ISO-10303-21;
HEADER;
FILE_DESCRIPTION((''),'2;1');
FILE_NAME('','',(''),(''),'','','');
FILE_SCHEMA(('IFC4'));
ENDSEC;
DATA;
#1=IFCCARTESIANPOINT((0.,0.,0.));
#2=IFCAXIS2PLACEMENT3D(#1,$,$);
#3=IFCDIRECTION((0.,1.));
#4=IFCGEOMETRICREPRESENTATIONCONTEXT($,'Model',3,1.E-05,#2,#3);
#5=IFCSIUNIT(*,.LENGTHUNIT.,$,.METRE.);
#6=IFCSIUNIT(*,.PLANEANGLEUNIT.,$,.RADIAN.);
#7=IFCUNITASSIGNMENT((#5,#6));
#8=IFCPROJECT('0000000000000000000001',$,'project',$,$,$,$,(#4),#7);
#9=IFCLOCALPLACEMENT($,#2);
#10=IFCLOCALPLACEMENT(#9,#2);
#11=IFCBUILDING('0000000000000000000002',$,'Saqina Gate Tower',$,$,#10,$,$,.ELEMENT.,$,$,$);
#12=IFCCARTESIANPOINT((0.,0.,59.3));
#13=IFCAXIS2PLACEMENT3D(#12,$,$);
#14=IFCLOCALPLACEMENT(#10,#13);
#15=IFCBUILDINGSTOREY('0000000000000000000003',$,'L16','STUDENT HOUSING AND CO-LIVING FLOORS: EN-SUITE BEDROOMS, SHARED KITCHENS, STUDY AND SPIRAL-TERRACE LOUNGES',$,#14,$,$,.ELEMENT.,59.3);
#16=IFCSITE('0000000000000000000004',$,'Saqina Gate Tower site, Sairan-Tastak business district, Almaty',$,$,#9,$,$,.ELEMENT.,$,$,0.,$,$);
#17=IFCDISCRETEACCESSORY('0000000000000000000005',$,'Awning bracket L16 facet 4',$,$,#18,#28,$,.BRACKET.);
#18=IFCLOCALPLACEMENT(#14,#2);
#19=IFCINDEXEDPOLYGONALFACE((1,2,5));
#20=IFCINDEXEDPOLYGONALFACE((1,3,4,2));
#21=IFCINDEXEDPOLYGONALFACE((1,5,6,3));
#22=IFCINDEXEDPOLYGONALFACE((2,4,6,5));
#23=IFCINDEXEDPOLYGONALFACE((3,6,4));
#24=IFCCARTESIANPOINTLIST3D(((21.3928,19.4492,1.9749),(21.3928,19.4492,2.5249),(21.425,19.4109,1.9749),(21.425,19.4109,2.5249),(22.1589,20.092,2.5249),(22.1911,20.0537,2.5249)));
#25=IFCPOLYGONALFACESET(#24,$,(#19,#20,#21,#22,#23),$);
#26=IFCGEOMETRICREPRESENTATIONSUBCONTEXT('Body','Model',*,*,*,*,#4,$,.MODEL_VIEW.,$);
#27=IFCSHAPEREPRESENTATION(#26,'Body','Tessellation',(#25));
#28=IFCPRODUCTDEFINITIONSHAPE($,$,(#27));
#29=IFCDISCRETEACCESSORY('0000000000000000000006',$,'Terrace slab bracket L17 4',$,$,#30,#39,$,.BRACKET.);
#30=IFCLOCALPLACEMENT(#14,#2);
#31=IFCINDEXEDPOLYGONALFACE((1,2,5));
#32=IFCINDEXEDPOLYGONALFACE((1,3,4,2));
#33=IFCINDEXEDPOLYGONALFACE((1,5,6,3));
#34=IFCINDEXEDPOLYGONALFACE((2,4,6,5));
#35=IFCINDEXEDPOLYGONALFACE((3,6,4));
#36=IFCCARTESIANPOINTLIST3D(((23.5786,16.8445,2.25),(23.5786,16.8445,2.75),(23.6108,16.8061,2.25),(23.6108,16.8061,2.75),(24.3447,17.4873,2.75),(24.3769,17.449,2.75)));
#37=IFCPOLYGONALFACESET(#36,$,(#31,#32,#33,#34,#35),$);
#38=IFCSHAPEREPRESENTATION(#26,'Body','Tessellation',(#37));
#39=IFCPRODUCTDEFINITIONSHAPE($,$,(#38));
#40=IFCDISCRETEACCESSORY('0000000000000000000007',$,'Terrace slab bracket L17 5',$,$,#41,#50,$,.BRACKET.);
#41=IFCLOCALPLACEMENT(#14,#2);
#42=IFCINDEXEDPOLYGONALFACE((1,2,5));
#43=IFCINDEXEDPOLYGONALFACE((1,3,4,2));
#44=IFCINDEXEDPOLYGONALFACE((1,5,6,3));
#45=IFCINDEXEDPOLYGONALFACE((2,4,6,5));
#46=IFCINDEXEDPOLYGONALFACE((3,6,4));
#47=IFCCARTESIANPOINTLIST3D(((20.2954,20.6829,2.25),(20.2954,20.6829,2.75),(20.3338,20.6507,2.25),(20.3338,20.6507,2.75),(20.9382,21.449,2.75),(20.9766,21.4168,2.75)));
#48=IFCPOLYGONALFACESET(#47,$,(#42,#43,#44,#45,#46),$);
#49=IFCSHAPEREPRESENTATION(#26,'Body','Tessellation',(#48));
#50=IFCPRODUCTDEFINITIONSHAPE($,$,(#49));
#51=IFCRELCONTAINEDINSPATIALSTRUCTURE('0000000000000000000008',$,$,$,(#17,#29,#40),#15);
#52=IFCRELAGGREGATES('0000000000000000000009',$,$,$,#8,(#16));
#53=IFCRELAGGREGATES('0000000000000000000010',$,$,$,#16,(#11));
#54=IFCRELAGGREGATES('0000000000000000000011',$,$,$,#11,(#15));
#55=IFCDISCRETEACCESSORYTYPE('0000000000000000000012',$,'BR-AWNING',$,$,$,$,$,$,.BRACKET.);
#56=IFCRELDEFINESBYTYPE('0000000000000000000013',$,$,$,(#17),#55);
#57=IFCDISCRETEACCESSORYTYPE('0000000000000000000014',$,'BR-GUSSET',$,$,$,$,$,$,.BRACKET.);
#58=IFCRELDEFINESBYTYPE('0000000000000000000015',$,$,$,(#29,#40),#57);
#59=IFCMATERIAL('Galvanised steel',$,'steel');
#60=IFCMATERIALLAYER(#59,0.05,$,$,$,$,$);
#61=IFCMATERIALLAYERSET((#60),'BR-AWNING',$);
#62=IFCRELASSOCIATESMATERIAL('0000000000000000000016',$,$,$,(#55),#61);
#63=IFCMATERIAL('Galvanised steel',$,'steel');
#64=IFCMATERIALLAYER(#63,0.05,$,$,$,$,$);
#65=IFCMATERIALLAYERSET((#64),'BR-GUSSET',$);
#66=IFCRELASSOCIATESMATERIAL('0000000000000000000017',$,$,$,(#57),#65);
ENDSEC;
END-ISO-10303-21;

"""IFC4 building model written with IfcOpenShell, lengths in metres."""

from ifc_helpers import new_model, si_unit, direction, frame, origin, place, context, subcontext, project, spatial, polyline, outline, extrude, material, layer, layer_set, type_object, element, save


model = new_model("IFC4")

# Units and contexts
model_context = context("Model", 3, precision=1e-05, world=origin(), true_north=direction((0.0, 1.0)))
body_context = subcontext(model_context, "Body", "Model", "MODEL_VIEW")
ifc_project = project(units=[si_unit("LENGTHUNIT", "METRE"), si_unit("PLANEANGLEUNIT", "RADIAN")], contexts=[model_context])

# Site, building, storey
site_placement = place(None, origin())
site = spatial("IfcSite", under=ifc_project, at=site_placement, Name="Saqina Gate Tower site, Sairan-Tastak business district, Almaty", CompositionType="ELEMENT", RefElevation=0.0)
building_placement = place(site_placement, origin())
building = spatial("IfcBuilding", under=site, at=building_placement, Name="Saqina Gate Tower", CompositionType="ELEMENT")
storey_placement = place(building_placement, frame((0.0, 0.0, 59.3)))
storey = spatial("IfcBuildingStorey", under=building, at=storey_placement, Name="L16", Description="STUDENT HOUSING AND CO-LIVING FLOORS: EN-SUITE BEDROOMS, SHARED KITCHENS, STUDY AND SPIRAL-TERRACE LOUNGES", CompositionType="ELEMENT", Elevation=59.3)

# Discrete accessories
ifc_material_1 = material(Name="Galvanised steel", Category="steel")
ifc_layer_1 = layer(ifc_material_1, 0.05)
ifc_layer_set_1 = layer_set([ifc_layer_1], Name="BR-AWNING")
discrete_accessory_type_1 = type_object("IfcDiscreteAccessoryType", Name="BR-AWNING", PredefinedType="BRACKET", material=ifc_layer_set_1)
for number, where, z_axis, x_axis, name in (
    (1, (21.3928, 19.4492, 1.9749), (-0.642774, 0.766056, 0.0), (0.0, 0.0, 1.0), "Awning bracket L16 facet 4"),
):
    element("IfcDiscreteAccessory", number, at=place(storey_placement, frame(where, z_axis=z_axis, x_axis=x_axis)), inside=storey, type_object=discrete_accessory_type_1, Name=name, PredefinedType="BRACKET", context=body_context, shape_type="SweptSolid", body=[
        extrude(outline(polyline([(0.0, 0.0), (0.55, 0.0), (0.55, 1.0001), (0.0, 0.0)])), origin(), (0.0, 0.0, -1.0), 0.05),
    ])
ifc_material_2 = material(Name="Galvanised steel", Category="steel")
ifc_layer_2 = layer(ifc_material_2, 0.05)
ifc_layer_set_2 = layer_set([ifc_layer_2], Name="BR-GUSSET")
discrete_accessory_type_2 = type_object("IfcDiscreteAccessoryType", Name="BR-GUSSET", PredefinedType="BRACKET", material=ifc_layer_set_2)
for number, where, z_axis, x_axis, name in (
    (2, (23.5786, 16.8445, 2.25), (-0.642774, 0.766056, 0.0), (0.0, 0.0, 1.0), "Terrace slab bracket L17 4"),
    (3, (20.2954, 20.6829, 2.25), (-0.766056, 0.642774, 0.0), (0.0, 0.0, 1.0), "Terrace slab bracket L17 5"),
):
    element("IfcDiscreteAccessory", number, at=place(storey_placement, frame(where, z_axis=z_axis, x_axis=x_axis)), inside=storey, type_object=discrete_accessory_type_2, Name=name, PredefinedType="BRACKET", context=body_context, shape_type="SweptSolid", body=[
        extrude(outline(polyline([(0.0, 0.0), (0.5, 0.0), (0.5, 1.0001), (0.0, 0.0)])), origin(), (0.0, 0.0, -1.0), 0.05),
    ])

save(model, "model.ifc")
